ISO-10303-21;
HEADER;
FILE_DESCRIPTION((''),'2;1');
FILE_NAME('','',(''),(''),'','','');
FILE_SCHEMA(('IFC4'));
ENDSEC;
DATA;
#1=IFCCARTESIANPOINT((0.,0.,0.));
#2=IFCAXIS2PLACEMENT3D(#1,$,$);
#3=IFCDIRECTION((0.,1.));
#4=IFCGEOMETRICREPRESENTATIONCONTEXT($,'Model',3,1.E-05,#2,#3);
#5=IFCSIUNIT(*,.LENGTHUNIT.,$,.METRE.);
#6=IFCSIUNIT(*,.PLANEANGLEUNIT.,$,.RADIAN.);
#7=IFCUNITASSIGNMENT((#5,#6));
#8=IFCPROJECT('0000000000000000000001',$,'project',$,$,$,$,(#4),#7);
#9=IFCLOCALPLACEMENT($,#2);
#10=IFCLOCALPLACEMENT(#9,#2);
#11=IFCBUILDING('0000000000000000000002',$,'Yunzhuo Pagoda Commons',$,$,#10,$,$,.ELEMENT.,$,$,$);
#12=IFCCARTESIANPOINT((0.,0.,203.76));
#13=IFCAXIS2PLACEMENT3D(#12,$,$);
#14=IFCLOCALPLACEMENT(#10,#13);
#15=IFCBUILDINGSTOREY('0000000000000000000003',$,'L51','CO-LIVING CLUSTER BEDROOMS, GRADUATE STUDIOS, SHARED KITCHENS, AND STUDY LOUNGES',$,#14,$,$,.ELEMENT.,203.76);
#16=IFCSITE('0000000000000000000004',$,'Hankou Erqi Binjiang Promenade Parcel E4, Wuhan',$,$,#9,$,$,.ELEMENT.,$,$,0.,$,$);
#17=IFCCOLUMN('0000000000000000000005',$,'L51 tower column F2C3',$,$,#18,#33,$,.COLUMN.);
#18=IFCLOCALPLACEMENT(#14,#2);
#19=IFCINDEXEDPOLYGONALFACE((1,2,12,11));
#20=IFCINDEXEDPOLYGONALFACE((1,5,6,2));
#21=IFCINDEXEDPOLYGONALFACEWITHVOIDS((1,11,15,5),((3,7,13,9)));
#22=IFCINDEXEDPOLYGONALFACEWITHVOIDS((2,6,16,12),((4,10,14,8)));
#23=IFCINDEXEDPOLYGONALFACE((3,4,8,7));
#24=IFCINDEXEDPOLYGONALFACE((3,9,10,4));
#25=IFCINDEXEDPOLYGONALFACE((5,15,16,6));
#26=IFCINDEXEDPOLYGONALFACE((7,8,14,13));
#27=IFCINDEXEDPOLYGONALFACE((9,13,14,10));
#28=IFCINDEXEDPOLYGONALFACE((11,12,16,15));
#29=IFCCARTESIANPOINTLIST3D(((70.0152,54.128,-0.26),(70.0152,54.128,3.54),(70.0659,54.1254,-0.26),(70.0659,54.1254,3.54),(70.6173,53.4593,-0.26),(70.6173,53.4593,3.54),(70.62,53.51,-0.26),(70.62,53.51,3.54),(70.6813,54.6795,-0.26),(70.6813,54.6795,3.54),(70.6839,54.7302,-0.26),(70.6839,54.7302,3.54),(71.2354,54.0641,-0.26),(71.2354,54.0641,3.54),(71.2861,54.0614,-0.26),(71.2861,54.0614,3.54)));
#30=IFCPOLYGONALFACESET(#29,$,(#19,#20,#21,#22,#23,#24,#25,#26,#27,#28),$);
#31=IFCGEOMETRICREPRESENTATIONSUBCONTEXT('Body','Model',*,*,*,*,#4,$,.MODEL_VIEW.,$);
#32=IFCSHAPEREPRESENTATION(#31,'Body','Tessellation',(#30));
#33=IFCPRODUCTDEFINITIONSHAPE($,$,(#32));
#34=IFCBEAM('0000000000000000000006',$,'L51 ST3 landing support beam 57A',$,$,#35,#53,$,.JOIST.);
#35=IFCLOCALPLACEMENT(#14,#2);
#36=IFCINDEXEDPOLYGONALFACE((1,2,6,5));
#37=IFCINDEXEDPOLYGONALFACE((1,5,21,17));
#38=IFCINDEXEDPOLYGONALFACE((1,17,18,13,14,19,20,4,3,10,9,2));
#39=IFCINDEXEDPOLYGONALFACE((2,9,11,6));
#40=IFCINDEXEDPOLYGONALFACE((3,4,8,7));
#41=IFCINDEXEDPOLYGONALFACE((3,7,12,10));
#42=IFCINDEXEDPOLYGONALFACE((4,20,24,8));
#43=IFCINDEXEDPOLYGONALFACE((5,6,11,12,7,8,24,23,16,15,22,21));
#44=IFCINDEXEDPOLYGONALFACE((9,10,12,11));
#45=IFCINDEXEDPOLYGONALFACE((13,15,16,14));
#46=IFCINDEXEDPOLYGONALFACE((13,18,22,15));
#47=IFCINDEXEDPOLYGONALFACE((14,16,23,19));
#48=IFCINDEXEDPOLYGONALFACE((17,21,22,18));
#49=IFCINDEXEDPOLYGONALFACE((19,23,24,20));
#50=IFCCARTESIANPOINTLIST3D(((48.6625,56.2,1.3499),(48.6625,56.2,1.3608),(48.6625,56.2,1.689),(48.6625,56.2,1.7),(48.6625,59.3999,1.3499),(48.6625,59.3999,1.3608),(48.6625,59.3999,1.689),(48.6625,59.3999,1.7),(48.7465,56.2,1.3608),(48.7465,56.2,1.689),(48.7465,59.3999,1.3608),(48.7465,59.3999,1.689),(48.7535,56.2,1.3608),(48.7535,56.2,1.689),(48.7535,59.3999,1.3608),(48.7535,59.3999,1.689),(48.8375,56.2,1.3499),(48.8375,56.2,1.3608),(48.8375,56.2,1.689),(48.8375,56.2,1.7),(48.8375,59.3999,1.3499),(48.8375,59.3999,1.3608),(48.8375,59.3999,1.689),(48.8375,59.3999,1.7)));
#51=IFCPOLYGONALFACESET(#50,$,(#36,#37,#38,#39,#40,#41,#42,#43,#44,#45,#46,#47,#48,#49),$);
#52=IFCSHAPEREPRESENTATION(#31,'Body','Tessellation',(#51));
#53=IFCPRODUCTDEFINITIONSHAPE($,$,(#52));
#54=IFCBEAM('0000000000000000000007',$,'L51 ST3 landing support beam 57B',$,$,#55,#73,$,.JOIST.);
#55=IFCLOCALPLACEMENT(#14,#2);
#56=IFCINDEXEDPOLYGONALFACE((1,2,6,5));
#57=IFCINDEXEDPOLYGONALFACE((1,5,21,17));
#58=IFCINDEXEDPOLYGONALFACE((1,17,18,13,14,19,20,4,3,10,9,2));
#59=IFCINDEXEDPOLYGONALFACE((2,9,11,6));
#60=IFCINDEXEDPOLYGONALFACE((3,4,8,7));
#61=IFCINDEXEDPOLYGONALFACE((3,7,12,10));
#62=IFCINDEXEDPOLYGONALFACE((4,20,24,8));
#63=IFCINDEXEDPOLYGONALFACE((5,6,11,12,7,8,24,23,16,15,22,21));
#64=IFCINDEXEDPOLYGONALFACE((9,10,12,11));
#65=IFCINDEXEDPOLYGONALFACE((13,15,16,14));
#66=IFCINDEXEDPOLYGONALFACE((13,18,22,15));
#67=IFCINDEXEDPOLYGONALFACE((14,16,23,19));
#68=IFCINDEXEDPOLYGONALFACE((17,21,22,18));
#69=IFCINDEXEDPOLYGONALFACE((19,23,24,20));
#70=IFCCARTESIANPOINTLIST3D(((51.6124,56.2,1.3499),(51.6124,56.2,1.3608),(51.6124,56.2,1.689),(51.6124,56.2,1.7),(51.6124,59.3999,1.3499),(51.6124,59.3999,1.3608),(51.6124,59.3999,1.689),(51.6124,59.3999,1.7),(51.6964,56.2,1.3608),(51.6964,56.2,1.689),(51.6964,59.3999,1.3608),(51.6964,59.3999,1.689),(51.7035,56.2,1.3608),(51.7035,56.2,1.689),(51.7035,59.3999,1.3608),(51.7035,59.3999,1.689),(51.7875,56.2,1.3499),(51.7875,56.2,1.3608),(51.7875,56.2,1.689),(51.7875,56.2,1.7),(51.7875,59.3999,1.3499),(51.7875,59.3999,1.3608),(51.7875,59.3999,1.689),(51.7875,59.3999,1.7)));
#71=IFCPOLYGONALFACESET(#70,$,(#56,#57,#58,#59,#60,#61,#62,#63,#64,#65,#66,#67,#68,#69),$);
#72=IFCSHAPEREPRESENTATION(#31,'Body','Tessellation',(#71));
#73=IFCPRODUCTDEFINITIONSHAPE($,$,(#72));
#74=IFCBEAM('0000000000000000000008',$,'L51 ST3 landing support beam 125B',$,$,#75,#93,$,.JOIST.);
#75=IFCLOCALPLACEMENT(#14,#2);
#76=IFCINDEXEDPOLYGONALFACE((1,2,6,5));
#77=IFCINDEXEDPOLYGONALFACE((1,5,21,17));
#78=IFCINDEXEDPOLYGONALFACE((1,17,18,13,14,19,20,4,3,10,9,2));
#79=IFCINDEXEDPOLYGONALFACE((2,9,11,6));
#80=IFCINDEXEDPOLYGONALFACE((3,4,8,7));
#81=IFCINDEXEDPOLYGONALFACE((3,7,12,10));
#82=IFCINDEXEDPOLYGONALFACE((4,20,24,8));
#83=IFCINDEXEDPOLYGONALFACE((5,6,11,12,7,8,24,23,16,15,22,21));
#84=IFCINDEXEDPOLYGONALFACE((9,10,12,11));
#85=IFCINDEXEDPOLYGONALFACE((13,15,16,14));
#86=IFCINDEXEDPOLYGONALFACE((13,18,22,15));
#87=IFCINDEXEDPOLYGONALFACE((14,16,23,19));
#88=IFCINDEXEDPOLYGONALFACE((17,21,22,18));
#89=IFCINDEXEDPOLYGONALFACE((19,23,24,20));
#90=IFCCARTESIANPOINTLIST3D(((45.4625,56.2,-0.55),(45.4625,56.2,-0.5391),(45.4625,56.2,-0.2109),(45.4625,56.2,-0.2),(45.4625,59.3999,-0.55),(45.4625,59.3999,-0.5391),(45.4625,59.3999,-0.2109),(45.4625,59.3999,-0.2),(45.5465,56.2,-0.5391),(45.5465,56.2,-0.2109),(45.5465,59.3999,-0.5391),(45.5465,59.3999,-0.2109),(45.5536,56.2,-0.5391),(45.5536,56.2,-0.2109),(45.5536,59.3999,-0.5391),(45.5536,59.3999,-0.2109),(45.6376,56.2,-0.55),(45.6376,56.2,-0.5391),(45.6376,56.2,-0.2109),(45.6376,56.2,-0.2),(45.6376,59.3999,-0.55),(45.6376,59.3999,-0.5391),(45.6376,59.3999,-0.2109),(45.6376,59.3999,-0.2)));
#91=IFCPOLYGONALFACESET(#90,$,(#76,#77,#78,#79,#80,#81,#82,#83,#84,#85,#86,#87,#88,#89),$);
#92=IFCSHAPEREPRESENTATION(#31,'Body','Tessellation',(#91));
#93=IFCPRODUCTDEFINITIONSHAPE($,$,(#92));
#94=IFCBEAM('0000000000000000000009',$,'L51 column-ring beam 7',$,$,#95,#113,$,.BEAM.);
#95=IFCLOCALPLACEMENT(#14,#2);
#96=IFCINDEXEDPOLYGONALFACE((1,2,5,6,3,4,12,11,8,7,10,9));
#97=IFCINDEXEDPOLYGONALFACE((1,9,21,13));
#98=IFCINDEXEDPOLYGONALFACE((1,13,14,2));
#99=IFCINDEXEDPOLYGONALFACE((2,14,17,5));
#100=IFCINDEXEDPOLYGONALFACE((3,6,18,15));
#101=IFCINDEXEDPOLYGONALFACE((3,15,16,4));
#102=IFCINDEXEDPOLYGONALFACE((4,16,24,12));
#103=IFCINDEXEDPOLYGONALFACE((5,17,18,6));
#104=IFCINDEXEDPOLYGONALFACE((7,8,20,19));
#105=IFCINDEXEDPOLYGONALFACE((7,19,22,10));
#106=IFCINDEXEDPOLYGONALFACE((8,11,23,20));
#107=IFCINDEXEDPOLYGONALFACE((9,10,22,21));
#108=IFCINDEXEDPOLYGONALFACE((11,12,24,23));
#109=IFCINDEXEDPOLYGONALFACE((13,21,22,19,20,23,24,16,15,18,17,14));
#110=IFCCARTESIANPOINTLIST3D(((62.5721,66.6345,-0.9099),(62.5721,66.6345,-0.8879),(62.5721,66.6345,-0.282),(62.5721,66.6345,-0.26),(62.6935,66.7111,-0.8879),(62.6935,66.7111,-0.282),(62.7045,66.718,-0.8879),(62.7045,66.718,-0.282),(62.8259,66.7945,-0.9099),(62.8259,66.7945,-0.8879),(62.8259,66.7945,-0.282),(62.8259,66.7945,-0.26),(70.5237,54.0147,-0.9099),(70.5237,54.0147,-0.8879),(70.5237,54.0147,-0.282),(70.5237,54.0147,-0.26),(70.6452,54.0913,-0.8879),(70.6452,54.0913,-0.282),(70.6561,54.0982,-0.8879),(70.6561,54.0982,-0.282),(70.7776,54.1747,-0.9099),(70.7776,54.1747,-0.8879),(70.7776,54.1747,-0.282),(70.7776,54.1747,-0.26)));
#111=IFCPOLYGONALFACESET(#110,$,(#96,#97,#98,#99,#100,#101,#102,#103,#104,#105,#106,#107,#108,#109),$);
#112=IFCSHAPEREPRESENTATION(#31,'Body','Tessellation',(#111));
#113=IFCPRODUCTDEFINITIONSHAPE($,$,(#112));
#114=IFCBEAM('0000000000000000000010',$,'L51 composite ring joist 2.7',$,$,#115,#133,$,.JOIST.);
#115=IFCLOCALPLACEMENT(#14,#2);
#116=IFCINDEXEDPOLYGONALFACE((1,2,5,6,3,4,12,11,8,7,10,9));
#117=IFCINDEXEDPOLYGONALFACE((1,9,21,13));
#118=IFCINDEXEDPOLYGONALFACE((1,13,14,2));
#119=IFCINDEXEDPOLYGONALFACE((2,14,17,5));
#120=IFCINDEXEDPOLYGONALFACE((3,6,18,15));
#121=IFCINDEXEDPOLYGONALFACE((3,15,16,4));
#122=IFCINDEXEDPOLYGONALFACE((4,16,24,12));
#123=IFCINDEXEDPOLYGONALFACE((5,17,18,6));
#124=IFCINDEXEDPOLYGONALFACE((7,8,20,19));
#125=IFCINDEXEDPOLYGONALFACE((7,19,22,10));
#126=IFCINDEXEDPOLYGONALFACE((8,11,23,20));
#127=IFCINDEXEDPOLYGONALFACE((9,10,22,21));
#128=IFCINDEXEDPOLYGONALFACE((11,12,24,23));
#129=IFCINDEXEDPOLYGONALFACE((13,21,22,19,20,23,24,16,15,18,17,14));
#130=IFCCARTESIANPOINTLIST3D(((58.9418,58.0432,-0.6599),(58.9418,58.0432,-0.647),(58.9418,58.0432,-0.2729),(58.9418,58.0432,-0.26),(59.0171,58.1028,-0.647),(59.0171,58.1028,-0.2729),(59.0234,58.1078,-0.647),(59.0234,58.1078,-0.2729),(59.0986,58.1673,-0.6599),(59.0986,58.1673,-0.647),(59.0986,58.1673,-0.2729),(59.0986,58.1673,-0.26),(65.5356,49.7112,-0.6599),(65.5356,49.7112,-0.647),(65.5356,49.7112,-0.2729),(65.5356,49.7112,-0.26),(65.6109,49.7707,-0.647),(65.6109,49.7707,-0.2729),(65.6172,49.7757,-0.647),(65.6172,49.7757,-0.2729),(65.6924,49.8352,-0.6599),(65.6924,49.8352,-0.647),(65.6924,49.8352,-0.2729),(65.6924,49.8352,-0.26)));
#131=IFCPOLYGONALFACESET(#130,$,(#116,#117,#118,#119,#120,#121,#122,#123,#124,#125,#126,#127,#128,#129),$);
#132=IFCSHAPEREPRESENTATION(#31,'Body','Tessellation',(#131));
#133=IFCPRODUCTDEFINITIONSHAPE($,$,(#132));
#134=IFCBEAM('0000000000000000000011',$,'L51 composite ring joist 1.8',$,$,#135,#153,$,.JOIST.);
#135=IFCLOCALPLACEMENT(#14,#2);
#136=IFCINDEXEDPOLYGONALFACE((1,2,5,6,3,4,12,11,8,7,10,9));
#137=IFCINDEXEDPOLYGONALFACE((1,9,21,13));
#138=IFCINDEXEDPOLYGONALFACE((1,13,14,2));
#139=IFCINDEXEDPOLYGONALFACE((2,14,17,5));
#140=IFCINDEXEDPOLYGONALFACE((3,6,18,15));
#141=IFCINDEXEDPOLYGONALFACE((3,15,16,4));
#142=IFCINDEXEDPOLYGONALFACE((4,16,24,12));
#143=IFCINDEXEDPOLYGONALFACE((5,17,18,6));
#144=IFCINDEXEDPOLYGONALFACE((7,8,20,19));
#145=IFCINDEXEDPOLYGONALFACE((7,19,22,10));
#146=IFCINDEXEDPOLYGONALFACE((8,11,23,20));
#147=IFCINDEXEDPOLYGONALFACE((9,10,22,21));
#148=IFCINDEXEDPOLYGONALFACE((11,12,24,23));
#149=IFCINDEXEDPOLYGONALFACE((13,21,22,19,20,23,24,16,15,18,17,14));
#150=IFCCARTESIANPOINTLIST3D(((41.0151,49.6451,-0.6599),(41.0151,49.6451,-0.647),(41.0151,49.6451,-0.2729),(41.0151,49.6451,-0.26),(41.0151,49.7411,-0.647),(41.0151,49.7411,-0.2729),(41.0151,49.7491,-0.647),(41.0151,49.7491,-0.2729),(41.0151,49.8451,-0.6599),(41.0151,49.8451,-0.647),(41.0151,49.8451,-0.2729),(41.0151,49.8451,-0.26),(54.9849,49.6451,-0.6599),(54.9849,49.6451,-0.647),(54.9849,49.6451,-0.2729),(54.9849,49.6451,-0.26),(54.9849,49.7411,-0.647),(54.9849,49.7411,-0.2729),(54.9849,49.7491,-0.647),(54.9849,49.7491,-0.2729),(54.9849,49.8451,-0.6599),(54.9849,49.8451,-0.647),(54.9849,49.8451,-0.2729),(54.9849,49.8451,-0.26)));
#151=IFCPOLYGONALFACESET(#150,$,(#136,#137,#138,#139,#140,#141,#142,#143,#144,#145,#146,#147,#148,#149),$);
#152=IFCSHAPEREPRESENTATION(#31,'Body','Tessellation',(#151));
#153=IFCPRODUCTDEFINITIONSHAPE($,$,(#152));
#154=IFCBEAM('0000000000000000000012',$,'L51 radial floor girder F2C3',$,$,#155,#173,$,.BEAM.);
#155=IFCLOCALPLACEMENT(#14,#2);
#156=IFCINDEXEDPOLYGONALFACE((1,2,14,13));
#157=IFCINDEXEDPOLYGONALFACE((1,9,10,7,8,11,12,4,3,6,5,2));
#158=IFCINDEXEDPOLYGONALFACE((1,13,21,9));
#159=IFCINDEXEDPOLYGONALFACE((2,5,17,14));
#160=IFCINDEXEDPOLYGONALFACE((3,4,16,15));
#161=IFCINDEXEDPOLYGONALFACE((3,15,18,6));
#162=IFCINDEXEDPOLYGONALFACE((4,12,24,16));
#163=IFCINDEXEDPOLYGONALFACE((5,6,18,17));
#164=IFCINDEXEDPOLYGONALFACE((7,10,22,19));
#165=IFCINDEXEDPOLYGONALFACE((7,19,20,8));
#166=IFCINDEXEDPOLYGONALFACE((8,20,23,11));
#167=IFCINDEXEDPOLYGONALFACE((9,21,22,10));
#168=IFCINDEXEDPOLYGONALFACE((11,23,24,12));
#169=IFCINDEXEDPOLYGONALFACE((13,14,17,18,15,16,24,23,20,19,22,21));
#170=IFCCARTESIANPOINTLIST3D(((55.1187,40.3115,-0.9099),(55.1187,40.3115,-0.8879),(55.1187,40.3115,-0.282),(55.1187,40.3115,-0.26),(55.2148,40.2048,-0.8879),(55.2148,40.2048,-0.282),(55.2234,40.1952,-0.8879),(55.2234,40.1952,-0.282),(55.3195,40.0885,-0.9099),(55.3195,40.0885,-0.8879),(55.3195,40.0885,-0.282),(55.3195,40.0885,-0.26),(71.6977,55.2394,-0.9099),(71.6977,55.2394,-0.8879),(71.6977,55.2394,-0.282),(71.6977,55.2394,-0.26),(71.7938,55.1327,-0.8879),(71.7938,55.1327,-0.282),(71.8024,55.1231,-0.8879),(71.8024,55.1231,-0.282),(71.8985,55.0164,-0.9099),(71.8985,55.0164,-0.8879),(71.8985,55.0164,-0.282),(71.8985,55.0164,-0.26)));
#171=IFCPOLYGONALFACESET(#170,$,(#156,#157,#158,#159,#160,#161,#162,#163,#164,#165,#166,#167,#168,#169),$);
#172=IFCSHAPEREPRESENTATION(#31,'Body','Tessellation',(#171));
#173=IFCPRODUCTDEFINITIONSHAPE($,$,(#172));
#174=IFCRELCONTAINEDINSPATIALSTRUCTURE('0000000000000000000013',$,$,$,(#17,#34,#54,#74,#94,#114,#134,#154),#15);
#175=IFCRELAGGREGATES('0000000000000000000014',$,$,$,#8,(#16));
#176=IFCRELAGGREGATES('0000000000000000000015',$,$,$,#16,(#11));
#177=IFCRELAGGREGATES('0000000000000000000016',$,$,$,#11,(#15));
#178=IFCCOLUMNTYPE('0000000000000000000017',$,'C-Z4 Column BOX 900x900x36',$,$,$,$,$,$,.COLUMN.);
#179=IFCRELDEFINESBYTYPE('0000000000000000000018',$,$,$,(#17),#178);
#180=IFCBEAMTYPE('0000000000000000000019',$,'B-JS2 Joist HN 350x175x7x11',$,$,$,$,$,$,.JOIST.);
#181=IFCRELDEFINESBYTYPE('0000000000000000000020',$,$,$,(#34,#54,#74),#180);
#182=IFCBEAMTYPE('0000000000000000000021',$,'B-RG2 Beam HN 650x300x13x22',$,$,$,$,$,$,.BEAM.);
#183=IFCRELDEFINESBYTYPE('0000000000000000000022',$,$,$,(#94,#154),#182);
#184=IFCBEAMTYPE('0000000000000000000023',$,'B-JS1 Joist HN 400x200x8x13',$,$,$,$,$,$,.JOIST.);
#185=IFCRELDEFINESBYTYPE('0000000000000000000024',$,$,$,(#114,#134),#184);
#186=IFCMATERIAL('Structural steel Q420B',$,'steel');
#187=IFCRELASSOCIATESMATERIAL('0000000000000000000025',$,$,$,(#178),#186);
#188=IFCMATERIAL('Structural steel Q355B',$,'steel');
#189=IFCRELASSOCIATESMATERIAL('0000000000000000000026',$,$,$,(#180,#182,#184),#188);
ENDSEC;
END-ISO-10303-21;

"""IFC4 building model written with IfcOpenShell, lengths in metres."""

from ifc_helpers import new_model, si_unit, direction, frame, origin, origin_2d, place, context, subcontext, project, spatial, hollow_rectangle, i_section, extrude, source, transform, mapped, material, material_profile, profile_set, type_object, element, save


model = new_model("IFC4")

# Units and contexts
model_context = context("Model", 3, precision=1e-05, world=origin(), true_north=direction((0.0, 1.0)))
body_context = subcontext(model_context, "Body", "Model", "MODEL_VIEW")
ifc_project = project(units=[si_unit("LENGTHUNIT", "METRE"), si_unit("PLANEANGLEUNIT", "RADIAN")], contexts=[model_context])

# Site, building, storey
site_placement = place(None, origin())
site = spatial("IfcSite", under=ifc_project, at=site_placement, Name="Hankou Erqi Binjiang Promenade Parcel E4, Wuhan", CompositionType="ELEMENT", RefElevation=0.0)
building_placement = place(site_placement, origin())
building = spatial("IfcBuilding", under=site, at=building_placement, Name="Yunzhuo Pagoda Commons", CompositionType="ELEMENT")
storey_placement = place(building_placement, frame((0.0, 0.0, 203.76)))
storey = spatial("IfcBuildingStorey", under=building, at=storey_placement, Name="L51", Description="CO-LIVING CLUSTER BEDROOMS, GRADUATE STUDIOS, SHARED KITCHENS, AND STUDY LOUNGES", CompositionType="ELEMENT", Elevation=203.76)

# Column
ifc_material_1 = material(Name="Structural steel Q420B", Category="steel")
ifc_material_profile_1 = material_profile(ifc_material_1, hollow_rectangle(XDim=0.8999, YDim=0.8999, WallThickness=0.0359, at=origin_2d()), Name="Structural steel Q420B")
ifc_profile_set_1 = profile_set([ifc_material_profile_1], Name="Structural steel Q420B")
column_type = type_object("IfcColumnType", Name="C-Z4 Column BOX 900x900x36", PredefinedType="COLUMN", material=ifc_profile_set_1)
shared_shape_1 = source(origin(), body_context, "Body", "SweptSolid", [
    extrude(hollow_rectangle(XDim=0.8999, YDim=0.8999, WallThickness=0.0359, at=origin_2d()), origin(), (0.0, 0.0, 1.0), 3.8),
])
column_placement = place(storey_placement, frame((70.6506, 54.0947, -0.26), z_axis=(0.0, 0.0, 1.0), x_axis=(-0.669131, 0.743145, 0.0)))
element("IfcColumn", 1, at=column_placement, inside=storey, type_object=column_type, Name="L51 tower column F2C3", PredefinedType="COLUMN", context=body_context, shape_type="MappedRepresentation", body=[
    mapped(shared_shape_1, transform((0.0, 0.0, 0.0), scale=1.0)),
])

# Beams
ifc_material_2 = material(Name="Structural steel Q355B", Category="steel")
ifc_material_profile_2 = material_profile(ifc_material_2, i_section(OverallWidth=0.175, OverallDepth=0.3501, WebThickness=0.0071, FlangeThickness=0.011, at=origin_2d()), Name="Structural steel Q355B")
ifc_profile_set_2 = profile_set([ifc_material_profile_2], Name="Structural steel Q355B")
beam_type_1 = type_object("IfcBeamType", Name="B-JS2 Joist HN 350x175x7x11", PredefinedType="JOIST", material=ifc_profile_set_2)
shared_shape_2 = source(origin(), body_context, "Body", "SweptSolid", [
    extrude(i_section(OverallWidth=0.175, OverallDepth=0.3501, WebThickness=0.0071, FlangeThickness=0.011, at=origin_2d()), origin(), (0.0, 0.0, 1.0), 3.2),
])
for number, where, z_axis, x_axis, name in (
    (2, (48.75, 56.2, 1.5249), (0.0, 1.0, 0.0), (-1.0, 0.0, 0.0), "L51 ST3 landing support beam 57A"),
    (3, (51.7, 56.2, 1.5249), (0.0, 1.0, 0.0), (-1.0, 0.0, 0.0), "L51 ST3 landing support beam 57B"),
    (4, (45.55, 56.2, -0.375), (0.0, 1.0, 0.0), (-1.0, 0.0, 0.0), "L51 ST3 landing support beam 125B"),
):
    element("IfcBeam", number, at=place(storey_placement, frame(where, z_axis=z_axis, x_axis=x_axis)), inside=storey, type_object=beam_type_1, Name=name, PredefinedType="JOIST", context=body_context, shape_type="MappedRepresentation", body=[
        mapped(shared_shape_2, transform((0.0, 0.0, 0.0), scale=1.0)),
    ])
ifc_material_profile_3 = material_profile(ifc_material_2, i_section(OverallWidth=0.3, OverallDepth=0.6499, WebThickness=0.0129, FlangeThickness=0.022, at=origin_2d()), Name="Structural steel Q355B")
ifc_profile_set_3 = profile_set([ifc_material_profile_3], Name="Structural steel Q355B")
beam_type_2 = type_object("IfcBeamType", Name="B-RG2 Beam HN 650x300x13x22", PredefinedType="BEAM", material=ifc_profile_set_3)
shared_shape_3 = source(origin(), body_context, "Body", "SweptSolid", [
    extrude(i_section(OverallWidth=0.3, OverallDepth=0.6499, WebThickness=0.0129, FlangeThickness=0.022, at=origin_2d()), origin(), (0.0, 0.0, 1.0), 14.916),
])
beam_1_placement = place(storey_placement, frame((70.6506, 54.0947, -0.585), z_axis=(-0.533092, 0.846057, 0.0), x_axis=(-0.846057, -0.533092, 0.0)))
element("IfcBeam", 5, at=beam_1_placement, inside=storey, type_object=beam_type_2, Name="L51 column-ring beam 7", PredefinedType="BEAM", context=body_context, shape_type="MappedRepresentation", body=[
    mapped(shared_shape_3, transform((0.0, 0.0, 0.0), scale=1.0)),
])
ifc_material_profile_4 = material_profile(ifc_material_2, i_section(OverallWidth=0.2, OverallDepth=0.3999, WebThickness=0.0081, FlangeThickness=0.0129, at=origin_2d()), Name="Structural steel Q355B")
ifc_profile_set_4 = profile_set([ifc_material_profile_4], Name="Structural steel Q355B")
beam_type_3 = type_object("IfcBeamType", Name="B-JS1 Joist HN 400x200x8x13", PredefinedType="JOIST", material=ifc_profile_set_4)
shared_shape_4 = source(origin(), body_context, "Body", "SweptSolid", [
    extrude(i_section(OverallWidth=0.2, OverallDepth=0.3999, WebThickness=0.0081, FlangeThickness=0.0129, at=origin_2d()), origin(), (0.0, 0.0, 1.0), 10.6255),
])
beam_2_placement = place(storey_placement, frame((65.614, 49.7732, -0.46), z_axis=(-0.620562, 0.784158, 0.0), x_axis=(-0.784158, -0.620562, 0.0)))
element("IfcBeam", 6, at=beam_2_placement, inside=storey, type_object=beam_type_3, Name="L51 composite ring joist 2.7", PredefinedType="JOIST", context=body_context, shape_type="MappedRepresentation", body=[
    mapped(shared_shape_4, transform((0.0, 0.0, 0.0), scale=1.0)),
])
shared_shape_5 = source(origin(), body_context, "Body", "SweptSolid", [
    extrude(i_section(OverallWidth=0.2, OverallDepth=0.3999, WebThickness=0.0081, FlangeThickness=0.0129, at=origin_2d()), origin(), (0.0, 0.0, 1.0), 13.9697),
])
beam_3_placement = place(storey_placement, frame((54.9849, 49.7451, -0.46), z_axis=(-1.0, 0.0, 0.0), x_axis=(0.0, -1.0, 0.0)))
element("IfcBeam", 7, at=beam_3_placement, inside=storey, type_object=beam_type_3, Name="L51 composite ring joist 1.8", PredefinedType="JOIST", context=body_context, shape_type="MappedRepresentation", body=[
    mapped(shared_shape_5, transform((0.0, 0.0, 0.0), scale=1.0)),
])
shared_shape_6 = source(origin(), body_context, "Body", "SweptSolid", [
    extrude(i_section(OverallWidth=0.3, OverallDepth=0.6499, WebThickness=0.0129, FlangeThickness=0.022, at=origin_2d()), origin(), (0.0, 0.0, 1.0), 22.3093),
])
beam_4_placement = place(storey_placement, frame((71.7981, 55.1279, -0.585), z_axis=(-0.743143, -0.669133, 0.0), x_axis=(0.669133, -0.743143, 0.0)))
element("IfcBeam", 8, at=beam_4_placement, inside=storey, type_object=beam_type_2, Name="L51 radial floor girder F2C3", PredefinedType="BEAM", context=body_context, shape_type="MappedRepresentation", body=[
    mapped(shared_shape_6, transform((0.0, 0.0, 0.0), scale=1.0)),
])

save(model, "model.ifc")
